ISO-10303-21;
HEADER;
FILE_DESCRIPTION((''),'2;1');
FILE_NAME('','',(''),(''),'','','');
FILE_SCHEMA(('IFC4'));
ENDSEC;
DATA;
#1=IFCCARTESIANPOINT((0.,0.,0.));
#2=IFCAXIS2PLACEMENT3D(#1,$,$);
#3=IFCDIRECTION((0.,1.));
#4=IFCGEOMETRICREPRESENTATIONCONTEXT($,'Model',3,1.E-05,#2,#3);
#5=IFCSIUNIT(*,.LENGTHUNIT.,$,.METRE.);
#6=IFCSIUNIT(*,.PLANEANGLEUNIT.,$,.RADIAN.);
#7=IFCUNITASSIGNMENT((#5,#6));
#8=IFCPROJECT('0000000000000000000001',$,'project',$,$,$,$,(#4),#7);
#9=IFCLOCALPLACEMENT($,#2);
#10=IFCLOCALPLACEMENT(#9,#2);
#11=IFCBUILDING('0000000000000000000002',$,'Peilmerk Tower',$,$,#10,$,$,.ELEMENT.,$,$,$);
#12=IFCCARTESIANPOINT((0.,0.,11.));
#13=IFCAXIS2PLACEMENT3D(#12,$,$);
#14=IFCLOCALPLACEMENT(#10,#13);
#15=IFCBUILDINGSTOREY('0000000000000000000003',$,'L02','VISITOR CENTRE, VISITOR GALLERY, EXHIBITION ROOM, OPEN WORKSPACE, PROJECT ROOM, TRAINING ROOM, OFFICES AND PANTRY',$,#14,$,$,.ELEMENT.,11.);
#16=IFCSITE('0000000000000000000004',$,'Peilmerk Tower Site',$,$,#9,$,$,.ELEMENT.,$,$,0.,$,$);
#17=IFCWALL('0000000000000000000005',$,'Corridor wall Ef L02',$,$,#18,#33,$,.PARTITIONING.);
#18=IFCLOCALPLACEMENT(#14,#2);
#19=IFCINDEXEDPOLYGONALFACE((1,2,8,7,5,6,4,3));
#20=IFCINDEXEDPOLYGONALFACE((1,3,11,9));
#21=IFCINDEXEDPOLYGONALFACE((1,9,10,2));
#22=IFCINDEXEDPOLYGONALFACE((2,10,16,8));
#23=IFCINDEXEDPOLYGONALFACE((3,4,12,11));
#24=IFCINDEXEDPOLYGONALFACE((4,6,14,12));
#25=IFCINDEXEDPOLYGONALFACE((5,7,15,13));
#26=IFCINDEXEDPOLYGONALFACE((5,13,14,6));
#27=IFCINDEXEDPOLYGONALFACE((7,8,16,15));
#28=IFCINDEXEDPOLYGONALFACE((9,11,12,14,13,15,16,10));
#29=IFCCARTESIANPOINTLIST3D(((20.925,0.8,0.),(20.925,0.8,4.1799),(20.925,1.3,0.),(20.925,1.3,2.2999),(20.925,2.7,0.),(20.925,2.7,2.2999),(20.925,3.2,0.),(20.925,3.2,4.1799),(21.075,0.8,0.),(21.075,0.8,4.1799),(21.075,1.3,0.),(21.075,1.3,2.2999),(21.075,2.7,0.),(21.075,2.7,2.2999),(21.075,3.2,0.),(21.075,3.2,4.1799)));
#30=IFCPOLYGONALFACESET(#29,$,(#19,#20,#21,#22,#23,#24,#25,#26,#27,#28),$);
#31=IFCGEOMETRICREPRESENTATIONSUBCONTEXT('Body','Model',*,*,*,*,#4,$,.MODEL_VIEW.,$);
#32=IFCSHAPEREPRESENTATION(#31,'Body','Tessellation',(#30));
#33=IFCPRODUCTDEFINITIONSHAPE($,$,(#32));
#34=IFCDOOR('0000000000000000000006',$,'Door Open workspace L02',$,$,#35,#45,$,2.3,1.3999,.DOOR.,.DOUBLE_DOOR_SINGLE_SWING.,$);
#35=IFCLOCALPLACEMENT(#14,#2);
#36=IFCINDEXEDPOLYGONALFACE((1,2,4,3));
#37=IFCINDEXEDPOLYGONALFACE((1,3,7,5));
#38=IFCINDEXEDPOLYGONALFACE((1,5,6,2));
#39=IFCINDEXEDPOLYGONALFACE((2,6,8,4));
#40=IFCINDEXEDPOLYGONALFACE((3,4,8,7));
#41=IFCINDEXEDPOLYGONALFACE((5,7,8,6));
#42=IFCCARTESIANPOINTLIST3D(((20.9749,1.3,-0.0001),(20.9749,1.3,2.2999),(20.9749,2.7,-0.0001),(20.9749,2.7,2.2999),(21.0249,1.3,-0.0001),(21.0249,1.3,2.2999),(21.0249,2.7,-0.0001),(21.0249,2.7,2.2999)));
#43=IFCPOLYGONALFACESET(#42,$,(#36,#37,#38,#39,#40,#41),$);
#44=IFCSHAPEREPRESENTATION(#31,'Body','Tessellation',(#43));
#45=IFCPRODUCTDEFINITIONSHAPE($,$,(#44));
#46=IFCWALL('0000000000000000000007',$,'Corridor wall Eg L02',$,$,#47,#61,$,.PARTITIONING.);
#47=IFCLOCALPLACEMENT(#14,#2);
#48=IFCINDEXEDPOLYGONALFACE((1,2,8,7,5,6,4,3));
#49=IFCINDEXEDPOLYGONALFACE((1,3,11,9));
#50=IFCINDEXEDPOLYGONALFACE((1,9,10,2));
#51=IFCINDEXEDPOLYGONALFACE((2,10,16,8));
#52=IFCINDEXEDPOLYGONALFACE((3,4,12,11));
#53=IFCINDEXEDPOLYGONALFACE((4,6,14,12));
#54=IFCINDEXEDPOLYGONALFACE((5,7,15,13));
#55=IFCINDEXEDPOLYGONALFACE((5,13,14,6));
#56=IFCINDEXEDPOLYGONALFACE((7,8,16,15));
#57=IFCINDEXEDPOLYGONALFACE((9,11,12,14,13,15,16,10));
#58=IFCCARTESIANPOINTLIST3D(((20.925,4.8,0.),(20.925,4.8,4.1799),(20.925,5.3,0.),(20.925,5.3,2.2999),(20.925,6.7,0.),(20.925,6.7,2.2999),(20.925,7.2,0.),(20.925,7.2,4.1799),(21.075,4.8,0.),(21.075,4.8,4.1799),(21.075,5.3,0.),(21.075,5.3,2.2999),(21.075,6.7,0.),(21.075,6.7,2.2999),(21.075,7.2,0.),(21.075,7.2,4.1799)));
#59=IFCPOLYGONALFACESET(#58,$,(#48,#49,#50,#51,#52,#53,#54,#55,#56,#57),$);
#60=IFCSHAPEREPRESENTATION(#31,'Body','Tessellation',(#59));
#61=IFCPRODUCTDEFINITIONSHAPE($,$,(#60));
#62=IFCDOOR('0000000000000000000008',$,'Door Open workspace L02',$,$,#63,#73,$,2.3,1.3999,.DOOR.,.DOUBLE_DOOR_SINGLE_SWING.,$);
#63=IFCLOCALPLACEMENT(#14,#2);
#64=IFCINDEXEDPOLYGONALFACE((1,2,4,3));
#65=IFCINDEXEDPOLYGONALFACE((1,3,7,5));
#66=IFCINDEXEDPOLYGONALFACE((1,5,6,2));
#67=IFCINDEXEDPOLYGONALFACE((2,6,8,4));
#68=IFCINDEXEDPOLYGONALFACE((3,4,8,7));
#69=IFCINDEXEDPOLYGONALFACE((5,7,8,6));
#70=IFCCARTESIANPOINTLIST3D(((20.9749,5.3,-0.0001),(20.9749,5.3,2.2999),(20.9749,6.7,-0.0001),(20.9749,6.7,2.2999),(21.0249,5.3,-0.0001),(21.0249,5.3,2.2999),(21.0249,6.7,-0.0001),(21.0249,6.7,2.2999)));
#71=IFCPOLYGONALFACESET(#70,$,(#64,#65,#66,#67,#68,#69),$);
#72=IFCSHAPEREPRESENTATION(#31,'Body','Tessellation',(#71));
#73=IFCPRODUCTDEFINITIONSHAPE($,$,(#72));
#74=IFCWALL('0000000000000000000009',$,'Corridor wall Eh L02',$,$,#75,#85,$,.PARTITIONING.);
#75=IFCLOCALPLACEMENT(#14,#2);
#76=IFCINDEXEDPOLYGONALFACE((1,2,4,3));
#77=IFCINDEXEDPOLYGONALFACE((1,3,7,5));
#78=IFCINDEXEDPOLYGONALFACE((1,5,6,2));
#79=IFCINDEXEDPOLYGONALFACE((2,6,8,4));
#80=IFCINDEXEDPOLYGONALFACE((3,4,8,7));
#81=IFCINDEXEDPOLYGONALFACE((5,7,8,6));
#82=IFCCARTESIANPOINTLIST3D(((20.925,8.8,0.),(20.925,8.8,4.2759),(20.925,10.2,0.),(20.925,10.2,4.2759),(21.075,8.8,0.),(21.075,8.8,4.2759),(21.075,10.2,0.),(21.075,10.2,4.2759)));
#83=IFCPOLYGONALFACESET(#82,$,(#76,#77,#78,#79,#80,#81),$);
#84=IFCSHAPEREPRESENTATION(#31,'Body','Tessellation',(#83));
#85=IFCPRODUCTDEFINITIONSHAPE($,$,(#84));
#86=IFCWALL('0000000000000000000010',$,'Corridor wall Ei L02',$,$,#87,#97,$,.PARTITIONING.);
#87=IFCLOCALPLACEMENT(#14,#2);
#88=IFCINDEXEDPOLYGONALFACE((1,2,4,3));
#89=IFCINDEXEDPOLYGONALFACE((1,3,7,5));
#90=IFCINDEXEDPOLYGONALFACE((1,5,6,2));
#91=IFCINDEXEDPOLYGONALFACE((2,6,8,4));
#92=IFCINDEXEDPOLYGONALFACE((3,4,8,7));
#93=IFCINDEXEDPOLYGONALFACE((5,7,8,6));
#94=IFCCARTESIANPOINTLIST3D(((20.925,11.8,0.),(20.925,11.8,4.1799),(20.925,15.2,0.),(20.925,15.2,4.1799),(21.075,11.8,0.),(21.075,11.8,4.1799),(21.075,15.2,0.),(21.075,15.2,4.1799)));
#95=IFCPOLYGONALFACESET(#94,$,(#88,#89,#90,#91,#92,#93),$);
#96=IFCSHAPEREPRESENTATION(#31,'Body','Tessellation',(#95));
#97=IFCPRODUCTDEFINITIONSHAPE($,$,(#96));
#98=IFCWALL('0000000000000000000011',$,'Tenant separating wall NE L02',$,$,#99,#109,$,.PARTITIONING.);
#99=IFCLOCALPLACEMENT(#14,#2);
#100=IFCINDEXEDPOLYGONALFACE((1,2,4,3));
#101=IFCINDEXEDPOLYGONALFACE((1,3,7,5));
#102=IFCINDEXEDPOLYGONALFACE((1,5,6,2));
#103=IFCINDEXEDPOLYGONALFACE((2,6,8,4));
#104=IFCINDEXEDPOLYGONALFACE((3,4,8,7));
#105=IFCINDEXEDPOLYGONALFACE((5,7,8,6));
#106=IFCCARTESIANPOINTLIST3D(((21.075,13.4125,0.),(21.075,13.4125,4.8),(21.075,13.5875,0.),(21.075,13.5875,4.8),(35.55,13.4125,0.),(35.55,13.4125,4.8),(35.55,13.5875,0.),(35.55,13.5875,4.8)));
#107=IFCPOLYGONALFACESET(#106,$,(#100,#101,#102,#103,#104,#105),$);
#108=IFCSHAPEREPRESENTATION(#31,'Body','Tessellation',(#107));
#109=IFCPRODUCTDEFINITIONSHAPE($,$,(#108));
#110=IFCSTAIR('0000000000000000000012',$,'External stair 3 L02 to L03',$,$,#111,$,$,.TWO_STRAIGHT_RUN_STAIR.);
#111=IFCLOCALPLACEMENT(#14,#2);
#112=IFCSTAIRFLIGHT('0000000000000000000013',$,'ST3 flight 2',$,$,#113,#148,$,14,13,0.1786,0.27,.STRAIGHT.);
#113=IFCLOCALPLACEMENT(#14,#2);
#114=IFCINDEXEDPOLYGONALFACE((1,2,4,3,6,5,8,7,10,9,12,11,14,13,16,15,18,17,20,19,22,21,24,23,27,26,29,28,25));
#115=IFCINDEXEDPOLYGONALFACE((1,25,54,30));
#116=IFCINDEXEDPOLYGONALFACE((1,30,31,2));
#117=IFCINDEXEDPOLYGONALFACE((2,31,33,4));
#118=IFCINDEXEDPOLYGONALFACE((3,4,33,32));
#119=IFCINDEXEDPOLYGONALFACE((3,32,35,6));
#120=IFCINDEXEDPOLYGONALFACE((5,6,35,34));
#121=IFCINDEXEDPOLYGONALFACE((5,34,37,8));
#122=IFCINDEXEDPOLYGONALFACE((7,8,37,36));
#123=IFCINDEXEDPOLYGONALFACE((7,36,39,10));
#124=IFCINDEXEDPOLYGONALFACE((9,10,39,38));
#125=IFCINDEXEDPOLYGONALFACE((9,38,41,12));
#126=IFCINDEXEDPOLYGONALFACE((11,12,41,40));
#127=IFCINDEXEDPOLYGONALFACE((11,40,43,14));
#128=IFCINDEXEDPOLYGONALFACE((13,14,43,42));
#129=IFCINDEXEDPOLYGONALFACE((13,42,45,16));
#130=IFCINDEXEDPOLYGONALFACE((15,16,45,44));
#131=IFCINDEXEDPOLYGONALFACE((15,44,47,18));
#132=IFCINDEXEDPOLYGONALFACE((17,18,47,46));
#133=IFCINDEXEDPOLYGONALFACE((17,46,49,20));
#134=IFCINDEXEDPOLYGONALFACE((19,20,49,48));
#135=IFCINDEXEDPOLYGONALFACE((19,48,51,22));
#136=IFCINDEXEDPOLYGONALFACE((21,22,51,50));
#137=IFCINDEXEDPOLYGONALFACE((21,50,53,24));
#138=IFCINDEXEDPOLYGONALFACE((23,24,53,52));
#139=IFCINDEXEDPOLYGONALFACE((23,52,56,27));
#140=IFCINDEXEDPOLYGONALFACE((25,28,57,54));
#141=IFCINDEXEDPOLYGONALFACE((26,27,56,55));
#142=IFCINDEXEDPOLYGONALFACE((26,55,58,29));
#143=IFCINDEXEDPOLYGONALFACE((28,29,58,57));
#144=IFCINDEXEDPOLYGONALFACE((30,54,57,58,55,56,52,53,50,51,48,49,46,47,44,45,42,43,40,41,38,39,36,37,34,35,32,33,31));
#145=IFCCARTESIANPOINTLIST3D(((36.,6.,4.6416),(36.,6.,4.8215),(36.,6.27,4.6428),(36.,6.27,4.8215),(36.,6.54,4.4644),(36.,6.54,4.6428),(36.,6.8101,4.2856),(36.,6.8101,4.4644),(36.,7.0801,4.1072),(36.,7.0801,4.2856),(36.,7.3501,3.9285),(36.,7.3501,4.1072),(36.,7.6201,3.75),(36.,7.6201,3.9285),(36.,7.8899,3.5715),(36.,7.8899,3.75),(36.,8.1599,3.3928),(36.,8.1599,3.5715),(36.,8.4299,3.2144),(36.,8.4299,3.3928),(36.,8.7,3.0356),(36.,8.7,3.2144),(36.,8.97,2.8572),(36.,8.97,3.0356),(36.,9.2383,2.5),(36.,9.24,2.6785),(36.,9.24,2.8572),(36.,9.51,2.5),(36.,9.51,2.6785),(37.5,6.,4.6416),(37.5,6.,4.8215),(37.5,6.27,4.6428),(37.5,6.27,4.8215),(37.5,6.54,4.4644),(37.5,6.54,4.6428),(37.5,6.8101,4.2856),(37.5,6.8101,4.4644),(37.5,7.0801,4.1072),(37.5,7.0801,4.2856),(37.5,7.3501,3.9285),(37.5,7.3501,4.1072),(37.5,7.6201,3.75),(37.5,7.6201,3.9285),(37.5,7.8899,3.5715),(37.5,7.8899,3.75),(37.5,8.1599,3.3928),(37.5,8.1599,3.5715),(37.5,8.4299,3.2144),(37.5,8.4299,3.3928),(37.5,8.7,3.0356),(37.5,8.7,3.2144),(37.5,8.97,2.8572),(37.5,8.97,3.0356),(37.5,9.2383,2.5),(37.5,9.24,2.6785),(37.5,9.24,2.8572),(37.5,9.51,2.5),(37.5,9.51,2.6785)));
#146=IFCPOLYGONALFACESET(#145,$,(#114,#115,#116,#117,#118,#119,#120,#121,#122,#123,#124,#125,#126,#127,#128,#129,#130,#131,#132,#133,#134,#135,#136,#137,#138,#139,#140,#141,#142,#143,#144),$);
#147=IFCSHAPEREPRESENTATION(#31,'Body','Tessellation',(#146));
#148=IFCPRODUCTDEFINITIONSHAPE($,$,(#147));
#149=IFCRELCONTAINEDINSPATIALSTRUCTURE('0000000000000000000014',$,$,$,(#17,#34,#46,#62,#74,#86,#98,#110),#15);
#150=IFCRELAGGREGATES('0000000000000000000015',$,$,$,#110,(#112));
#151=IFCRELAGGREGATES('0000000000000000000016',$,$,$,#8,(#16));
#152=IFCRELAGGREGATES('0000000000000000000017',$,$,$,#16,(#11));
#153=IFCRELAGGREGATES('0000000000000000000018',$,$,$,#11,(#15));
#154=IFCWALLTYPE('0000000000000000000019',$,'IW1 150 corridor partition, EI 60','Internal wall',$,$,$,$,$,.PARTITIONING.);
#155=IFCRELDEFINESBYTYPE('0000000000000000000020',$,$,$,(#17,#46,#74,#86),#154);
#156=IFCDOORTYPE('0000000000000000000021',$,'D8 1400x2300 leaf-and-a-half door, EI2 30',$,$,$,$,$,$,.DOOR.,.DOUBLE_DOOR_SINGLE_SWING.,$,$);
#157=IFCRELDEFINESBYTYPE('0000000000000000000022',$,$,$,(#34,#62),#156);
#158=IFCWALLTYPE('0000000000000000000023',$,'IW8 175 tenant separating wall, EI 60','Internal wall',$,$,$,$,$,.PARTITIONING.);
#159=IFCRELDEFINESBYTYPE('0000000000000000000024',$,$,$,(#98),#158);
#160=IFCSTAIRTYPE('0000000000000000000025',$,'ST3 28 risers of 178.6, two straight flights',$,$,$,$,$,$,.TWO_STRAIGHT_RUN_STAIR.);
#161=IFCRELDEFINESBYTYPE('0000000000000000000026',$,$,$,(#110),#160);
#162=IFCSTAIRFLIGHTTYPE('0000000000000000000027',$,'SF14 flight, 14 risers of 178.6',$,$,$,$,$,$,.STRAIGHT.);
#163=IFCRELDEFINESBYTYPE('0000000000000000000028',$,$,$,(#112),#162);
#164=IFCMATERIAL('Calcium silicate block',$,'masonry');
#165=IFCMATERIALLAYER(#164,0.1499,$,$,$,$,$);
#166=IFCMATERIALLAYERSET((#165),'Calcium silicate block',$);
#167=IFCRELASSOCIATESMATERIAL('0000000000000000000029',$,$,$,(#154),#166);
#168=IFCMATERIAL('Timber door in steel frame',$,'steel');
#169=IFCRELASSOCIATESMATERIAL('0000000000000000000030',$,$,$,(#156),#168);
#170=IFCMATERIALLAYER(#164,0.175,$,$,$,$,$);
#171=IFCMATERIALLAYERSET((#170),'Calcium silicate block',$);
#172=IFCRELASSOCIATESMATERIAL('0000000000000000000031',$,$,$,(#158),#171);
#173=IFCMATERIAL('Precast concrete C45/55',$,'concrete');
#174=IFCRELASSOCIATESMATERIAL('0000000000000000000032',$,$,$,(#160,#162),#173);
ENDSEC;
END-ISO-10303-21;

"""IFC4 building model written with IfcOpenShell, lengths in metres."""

from ifc_helpers import new_model, si_unit, direction, frame, frame_2d, origin, place, context, subcontext, project, spatial, polyline, rectangle, outline, extrude, material, layer, layer_set, type_object, element, fill, aggregate, save


model = new_model("IFC4")

# Units and contexts
model_context = context("Model", 3, precision=1e-05, world=origin(), true_north=direction((0.0, 1.0)))
body_context = subcontext(model_context, "Body", "Model", "MODEL_VIEW")
ifc_project = project(units=[si_unit("LENGTHUNIT", "METRE"), si_unit("PLANEANGLEUNIT", "RADIAN")], contexts=[model_context])

# Site, building, storey
site_placement = place(None, origin())
site = spatial("IfcSite", under=ifc_project, at=site_placement, Name="Peilmerk Tower Site", CompositionType="ELEMENT", RefElevation=0.0)
building_placement = place(site_placement, origin())
building = spatial("IfcBuilding", under=site, at=building_placement, Name="Peilmerk Tower", CompositionType="ELEMENT")
storey_placement = place(building_placement, frame((0.0, 0.0, 11.0)))
storey = spatial("IfcBuildingStorey", under=building, at=storey_placement, Name="L02", Description="VISITOR CENTRE, VISITOR GALLERY, EXHIBITION ROOM, OPEN WORKSPACE, PROJECT ROOM, TRAINING ROOM, OFFICES AND PANTRY", CompositionType="ELEMENT", Elevation=11.0)

# Walls, openings, doors
ifc_material_1 = material(Name="Calcium silicate block", Category="masonry")
ifc_layer_1 = layer(ifc_material_1, 0.1499)
ifc_layer_set_1 = layer_set([ifc_layer_1], Name="Calcium silicate block")
wall_type_1 = type_object("IfcWallType", Name="IW1 150 corridor partition, EI 60", Description="Internal wall", PredefinedType="PARTITIONING", material=ifc_layer_set_1)
wall_1_placement = place(storey_placement, frame((21.0, 0.8, 0.0), z_axis=(0.0, 0.0, 1.0), x_axis=(0.0, 1.0, 0.0)))
wall_1 = element("IfcWall", 1, at=wall_1_placement, inside=storey, type_object=wall_type_1, Name="Corridor wall Ef L02", PredefinedType="PARTITIONING", context=body_context, shape_type="SweptSolid", body=[
    extrude(rectangle(XDim=2.3999, YDim=0.1499, at=frame_2d((1.2, 0.0))), origin(), (0.0, 0.0, 1.0), 4.1799),
])
opening_1_placement = place(wall_1_placement, frame((0.5, 0.0, 0.0)))
opening_1 = element("IfcOpeningElement", 2, at=opening_1_placement, cuts=wall_1, PredefinedType="OPENING", context=body_context, shape_type="SweptSolid", body=[
    extrude(rectangle(XDim=1.3999, YDim=2.3, at=frame_2d((0.7, 1.1499))), frame((0.0, 0.085, 0.0), z_axis=(0.0, -1.0, 0.0), x_axis=(1.0, 0.0, 0.0)), (0.0, 0.0, 1.0), 0.1699),
])
ifc_material_2 = material(Name="Timber door in steel frame", Category="steel")
door_type = type_object("IfcDoorType", Name="D8 1400x2300 leaf-and-a-half door, EI2 30", OperationType="DOUBLE_DOOR_SINGLE_SWING", PredefinedType="DOOR", material=ifc_material_2)
door_1_placement = place(opening_1_placement, frame((1.3999, 0.0, 0.0), z_axis=(0.0, 0.0, 1.0), x_axis=(-1.0, 0.0, 0.0)))
door_1 = element("IfcDoor", 3, at=door_1_placement, inside=storey, type_object=door_type, Name="Door Open workspace L02", OperationType="DOUBLE_DOOR_SINGLE_SWING", OverallHeight=2.3, OverallWidth=1.3999, PredefinedType="DOOR", context=body_context, shape_type="SweptSolid", body=[
    extrude(rectangle(XDim=1.3999, YDim=2.3, at=frame_2d((0.7, 1.1499))), frame((0.0, 0.0249, 0.0), z_axis=(0.0, -1.0, 0.0), x_axis=(1.0, 0.0, 0.0)), (0.0, 0.0, 1.0), 0.05),
])
fill(opening_1, door_1)
wall_2_placement = place(storey_placement, frame((21.0, 4.8, 0.0), z_axis=(0.0, 0.0, 1.0), x_axis=(0.0, 1.0, 0.0)))
wall_2 = element("IfcWall", 4, at=wall_2_placement, inside=storey, type_object=wall_type_1, Name="Corridor wall Eg L02", PredefinedType="PARTITIONING", context=body_context, shape_type="SweptSolid", body=[
    extrude(rectangle(XDim=2.3999, YDim=0.1499, at=frame_2d((1.2, 0.0))), origin(), (0.0, 0.0, 1.0), 4.1799),
])
opening_2_placement = place(wall_2_placement, frame((0.5, 0.0, 0.0)))
opening_2 = element("IfcOpeningElement", 5, at=opening_2_placement, cuts=wall_2, PredefinedType="OPENING", context=body_context, shape_type="SweptSolid", body=[
    extrude(rectangle(XDim=1.3999, YDim=2.3, at=frame_2d((0.7, 1.1499))), frame((0.0, 0.085, 0.0), z_axis=(0.0, -1.0, 0.0), x_axis=(1.0, 0.0, 0.0)), (0.0, 0.0, 1.0), 0.1699),
])
door_2_placement = place(opening_2_placement, frame((1.3999, 0.0, 0.0), z_axis=(0.0, 0.0, 1.0), x_axis=(-1.0, 0.0, 0.0)))
door_2 = element("IfcDoor", 6, at=door_2_placement, inside=storey, type_object=door_type, Name="Door Open workspace L02", OperationType="DOUBLE_DOOR_SINGLE_SWING", OverallHeight=2.3, OverallWidth=1.3999, PredefinedType="DOOR", context=body_context, shape_type="SweptSolid", body=[
    extrude(rectangle(XDim=1.3999, YDim=2.3, at=frame_2d((0.7, 1.1499))), frame((0.0, 0.0249, 0.0), z_axis=(0.0, -1.0, 0.0), x_axis=(1.0, 0.0, 0.0)), (0.0, 0.0, 1.0), 0.05),
])
fill(opening_2, door_2)

# Walls
wall_3_placement = place(storey_placement, frame((21.0, 8.8, 0.0), z_axis=(0.0, 0.0, 1.0), x_axis=(0.0, 1.0, 0.0)))
element("IfcWall", 7, at=wall_3_placement, inside=storey, type_object=wall_type_1, Name="Corridor wall Eh L02", PredefinedType="PARTITIONING", context=body_context, shape_type="SweptSolid", body=[
    extrude(rectangle(XDim=1.3999, YDim=0.1499, at=frame_2d((0.7, 0.0))), origin(), (0.0, 0.0, 1.0), 4.2759),
])
wall_4_placement = place(storey_placement, frame((21.0, 11.8, 0.0), z_axis=(0.0, 0.0, 1.0), x_axis=(0.0, 1.0, 0.0)))
element("IfcWall", 8, at=wall_4_placement, inside=storey, type_object=wall_type_1, Name="Corridor wall Ei L02", PredefinedType="PARTITIONING", context=body_context, shape_type="SweptSolid", body=[
    extrude(rectangle(XDim=3.3999, YDim=0.1499, at=frame_2d((1.7, 0.0))), origin(), (0.0, 0.0, 1.0), 4.1799),
])
ifc_layer_2 = layer(ifc_material_1, 0.175)
ifc_layer_set_2 = layer_set([ifc_layer_2], Name="Calcium silicate block")
wall_type_2 = type_object("IfcWallType", Name="IW8 175 tenant separating wall, EI 60", Description="Internal wall", PredefinedType="PARTITIONING", material=ifc_layer_set_2)
wall_5_placement = place(storey_placement, frame((21.075, 13.5, 0.0), z_axis=(0.0, 0.0, 1.0), x_axis=(1.0, 0.0, 0.0)))
element("IfcWall", 9, at=wall_5_placement, inside=storey, type_object=wall_type_2, Name="Tenant separating wall NE L02", PredefinedType="PARTITIONING", context=body_context, shape_type="SweptSolid", body=[
    extrude(rectangle(XDim=14.4751, YDim=0.175, at=frame_2d((7.2375, 0.0))), origin(), (0.0, 0.0, 1.0), 4.8),
])

# Stair, stair flight
ifc_material_3 = material(Name="Precast concrete C45/55", Category="concrete")
stair_type = type_object("IfcStairType", Name="ST3 28 risers of 178.6, two straight flights", PredefinedType="TWO_STRAIGHT_RUN_STAIR", material=ifc_material_3)
stair_placement = place(storey_placement, origin())
stair = element("IfcStair", 10, at=stair_placement, inside=storey, type_object=stair_type, Name="External stair 3 L02 to L03", PredefinedType="TWO_STRAIGHT_RUN_STAIR")
stair_flight_type = type_object("IfcStairFlightType", Name="SF14 flight, 14 risers of 178.6", PredefinedType="STRAIGHT", material=ifc_material_3)
stair_flight_placement = place(storey_placement, frame((36.75, 9.51, 2.5), z_axis=(0.0, 0.0, 1.0), x_axis=(0.0, -1.0, 0.0)))
stair_flight = element("IfcStairFlight", 11, at=stair_flight_placement, type_object=stair_flight_type, Name="ST3 flight 2", NumberOfRisers=14, NumberOfTreads=13, PredefinedType="STRAIGHT", RiserHeight=0.1786, TreadLength=0.27, context=body_context, shape_type="SweptSolid", body=[
    extrude(outline(polyline([(0.0, 0.0), (0.0, 0.1785), (0.27, 0.1785), (0.27, 0.3572), (0.54, 0.3572), (0.54, 0.5356), (0.8101, 0.5356), (0.8101, 0.7144), (1.0801, 0.7144), (1.0801, 0.8928), (1.3501, 0.8928), (1.3501, 1.0715), (1.6201, 1.0715), (1.6201, 1.25), (1.8899, 1.25), (1.8899, 1.4285), (2.1599, 1.4285), (2.1599, 1.6072), (2.4299, 1.6072), (2.4299, 1.7856), (2.7, 1.7856), (2.7, 1.9644), (2.97, 1.9644), (2.97, 2.1428), (3.24, 2.1428), (3.24, 2.3215), (3.51, 2.3215), (3.51, 2.5), (3.51, 2.1416), (0.2717, 0.0), (0.0, 0.0)])), frame((0.0, 0.75, 0.0), z_axis=(0.0, -1.0, 0.0), x_axis=(1.0, 0.0, 0.0)), (0.0, 0.0, 1.0), 1.5),
])
aggregate(stair, [stair_flight])

save(model, "model.ifc")
